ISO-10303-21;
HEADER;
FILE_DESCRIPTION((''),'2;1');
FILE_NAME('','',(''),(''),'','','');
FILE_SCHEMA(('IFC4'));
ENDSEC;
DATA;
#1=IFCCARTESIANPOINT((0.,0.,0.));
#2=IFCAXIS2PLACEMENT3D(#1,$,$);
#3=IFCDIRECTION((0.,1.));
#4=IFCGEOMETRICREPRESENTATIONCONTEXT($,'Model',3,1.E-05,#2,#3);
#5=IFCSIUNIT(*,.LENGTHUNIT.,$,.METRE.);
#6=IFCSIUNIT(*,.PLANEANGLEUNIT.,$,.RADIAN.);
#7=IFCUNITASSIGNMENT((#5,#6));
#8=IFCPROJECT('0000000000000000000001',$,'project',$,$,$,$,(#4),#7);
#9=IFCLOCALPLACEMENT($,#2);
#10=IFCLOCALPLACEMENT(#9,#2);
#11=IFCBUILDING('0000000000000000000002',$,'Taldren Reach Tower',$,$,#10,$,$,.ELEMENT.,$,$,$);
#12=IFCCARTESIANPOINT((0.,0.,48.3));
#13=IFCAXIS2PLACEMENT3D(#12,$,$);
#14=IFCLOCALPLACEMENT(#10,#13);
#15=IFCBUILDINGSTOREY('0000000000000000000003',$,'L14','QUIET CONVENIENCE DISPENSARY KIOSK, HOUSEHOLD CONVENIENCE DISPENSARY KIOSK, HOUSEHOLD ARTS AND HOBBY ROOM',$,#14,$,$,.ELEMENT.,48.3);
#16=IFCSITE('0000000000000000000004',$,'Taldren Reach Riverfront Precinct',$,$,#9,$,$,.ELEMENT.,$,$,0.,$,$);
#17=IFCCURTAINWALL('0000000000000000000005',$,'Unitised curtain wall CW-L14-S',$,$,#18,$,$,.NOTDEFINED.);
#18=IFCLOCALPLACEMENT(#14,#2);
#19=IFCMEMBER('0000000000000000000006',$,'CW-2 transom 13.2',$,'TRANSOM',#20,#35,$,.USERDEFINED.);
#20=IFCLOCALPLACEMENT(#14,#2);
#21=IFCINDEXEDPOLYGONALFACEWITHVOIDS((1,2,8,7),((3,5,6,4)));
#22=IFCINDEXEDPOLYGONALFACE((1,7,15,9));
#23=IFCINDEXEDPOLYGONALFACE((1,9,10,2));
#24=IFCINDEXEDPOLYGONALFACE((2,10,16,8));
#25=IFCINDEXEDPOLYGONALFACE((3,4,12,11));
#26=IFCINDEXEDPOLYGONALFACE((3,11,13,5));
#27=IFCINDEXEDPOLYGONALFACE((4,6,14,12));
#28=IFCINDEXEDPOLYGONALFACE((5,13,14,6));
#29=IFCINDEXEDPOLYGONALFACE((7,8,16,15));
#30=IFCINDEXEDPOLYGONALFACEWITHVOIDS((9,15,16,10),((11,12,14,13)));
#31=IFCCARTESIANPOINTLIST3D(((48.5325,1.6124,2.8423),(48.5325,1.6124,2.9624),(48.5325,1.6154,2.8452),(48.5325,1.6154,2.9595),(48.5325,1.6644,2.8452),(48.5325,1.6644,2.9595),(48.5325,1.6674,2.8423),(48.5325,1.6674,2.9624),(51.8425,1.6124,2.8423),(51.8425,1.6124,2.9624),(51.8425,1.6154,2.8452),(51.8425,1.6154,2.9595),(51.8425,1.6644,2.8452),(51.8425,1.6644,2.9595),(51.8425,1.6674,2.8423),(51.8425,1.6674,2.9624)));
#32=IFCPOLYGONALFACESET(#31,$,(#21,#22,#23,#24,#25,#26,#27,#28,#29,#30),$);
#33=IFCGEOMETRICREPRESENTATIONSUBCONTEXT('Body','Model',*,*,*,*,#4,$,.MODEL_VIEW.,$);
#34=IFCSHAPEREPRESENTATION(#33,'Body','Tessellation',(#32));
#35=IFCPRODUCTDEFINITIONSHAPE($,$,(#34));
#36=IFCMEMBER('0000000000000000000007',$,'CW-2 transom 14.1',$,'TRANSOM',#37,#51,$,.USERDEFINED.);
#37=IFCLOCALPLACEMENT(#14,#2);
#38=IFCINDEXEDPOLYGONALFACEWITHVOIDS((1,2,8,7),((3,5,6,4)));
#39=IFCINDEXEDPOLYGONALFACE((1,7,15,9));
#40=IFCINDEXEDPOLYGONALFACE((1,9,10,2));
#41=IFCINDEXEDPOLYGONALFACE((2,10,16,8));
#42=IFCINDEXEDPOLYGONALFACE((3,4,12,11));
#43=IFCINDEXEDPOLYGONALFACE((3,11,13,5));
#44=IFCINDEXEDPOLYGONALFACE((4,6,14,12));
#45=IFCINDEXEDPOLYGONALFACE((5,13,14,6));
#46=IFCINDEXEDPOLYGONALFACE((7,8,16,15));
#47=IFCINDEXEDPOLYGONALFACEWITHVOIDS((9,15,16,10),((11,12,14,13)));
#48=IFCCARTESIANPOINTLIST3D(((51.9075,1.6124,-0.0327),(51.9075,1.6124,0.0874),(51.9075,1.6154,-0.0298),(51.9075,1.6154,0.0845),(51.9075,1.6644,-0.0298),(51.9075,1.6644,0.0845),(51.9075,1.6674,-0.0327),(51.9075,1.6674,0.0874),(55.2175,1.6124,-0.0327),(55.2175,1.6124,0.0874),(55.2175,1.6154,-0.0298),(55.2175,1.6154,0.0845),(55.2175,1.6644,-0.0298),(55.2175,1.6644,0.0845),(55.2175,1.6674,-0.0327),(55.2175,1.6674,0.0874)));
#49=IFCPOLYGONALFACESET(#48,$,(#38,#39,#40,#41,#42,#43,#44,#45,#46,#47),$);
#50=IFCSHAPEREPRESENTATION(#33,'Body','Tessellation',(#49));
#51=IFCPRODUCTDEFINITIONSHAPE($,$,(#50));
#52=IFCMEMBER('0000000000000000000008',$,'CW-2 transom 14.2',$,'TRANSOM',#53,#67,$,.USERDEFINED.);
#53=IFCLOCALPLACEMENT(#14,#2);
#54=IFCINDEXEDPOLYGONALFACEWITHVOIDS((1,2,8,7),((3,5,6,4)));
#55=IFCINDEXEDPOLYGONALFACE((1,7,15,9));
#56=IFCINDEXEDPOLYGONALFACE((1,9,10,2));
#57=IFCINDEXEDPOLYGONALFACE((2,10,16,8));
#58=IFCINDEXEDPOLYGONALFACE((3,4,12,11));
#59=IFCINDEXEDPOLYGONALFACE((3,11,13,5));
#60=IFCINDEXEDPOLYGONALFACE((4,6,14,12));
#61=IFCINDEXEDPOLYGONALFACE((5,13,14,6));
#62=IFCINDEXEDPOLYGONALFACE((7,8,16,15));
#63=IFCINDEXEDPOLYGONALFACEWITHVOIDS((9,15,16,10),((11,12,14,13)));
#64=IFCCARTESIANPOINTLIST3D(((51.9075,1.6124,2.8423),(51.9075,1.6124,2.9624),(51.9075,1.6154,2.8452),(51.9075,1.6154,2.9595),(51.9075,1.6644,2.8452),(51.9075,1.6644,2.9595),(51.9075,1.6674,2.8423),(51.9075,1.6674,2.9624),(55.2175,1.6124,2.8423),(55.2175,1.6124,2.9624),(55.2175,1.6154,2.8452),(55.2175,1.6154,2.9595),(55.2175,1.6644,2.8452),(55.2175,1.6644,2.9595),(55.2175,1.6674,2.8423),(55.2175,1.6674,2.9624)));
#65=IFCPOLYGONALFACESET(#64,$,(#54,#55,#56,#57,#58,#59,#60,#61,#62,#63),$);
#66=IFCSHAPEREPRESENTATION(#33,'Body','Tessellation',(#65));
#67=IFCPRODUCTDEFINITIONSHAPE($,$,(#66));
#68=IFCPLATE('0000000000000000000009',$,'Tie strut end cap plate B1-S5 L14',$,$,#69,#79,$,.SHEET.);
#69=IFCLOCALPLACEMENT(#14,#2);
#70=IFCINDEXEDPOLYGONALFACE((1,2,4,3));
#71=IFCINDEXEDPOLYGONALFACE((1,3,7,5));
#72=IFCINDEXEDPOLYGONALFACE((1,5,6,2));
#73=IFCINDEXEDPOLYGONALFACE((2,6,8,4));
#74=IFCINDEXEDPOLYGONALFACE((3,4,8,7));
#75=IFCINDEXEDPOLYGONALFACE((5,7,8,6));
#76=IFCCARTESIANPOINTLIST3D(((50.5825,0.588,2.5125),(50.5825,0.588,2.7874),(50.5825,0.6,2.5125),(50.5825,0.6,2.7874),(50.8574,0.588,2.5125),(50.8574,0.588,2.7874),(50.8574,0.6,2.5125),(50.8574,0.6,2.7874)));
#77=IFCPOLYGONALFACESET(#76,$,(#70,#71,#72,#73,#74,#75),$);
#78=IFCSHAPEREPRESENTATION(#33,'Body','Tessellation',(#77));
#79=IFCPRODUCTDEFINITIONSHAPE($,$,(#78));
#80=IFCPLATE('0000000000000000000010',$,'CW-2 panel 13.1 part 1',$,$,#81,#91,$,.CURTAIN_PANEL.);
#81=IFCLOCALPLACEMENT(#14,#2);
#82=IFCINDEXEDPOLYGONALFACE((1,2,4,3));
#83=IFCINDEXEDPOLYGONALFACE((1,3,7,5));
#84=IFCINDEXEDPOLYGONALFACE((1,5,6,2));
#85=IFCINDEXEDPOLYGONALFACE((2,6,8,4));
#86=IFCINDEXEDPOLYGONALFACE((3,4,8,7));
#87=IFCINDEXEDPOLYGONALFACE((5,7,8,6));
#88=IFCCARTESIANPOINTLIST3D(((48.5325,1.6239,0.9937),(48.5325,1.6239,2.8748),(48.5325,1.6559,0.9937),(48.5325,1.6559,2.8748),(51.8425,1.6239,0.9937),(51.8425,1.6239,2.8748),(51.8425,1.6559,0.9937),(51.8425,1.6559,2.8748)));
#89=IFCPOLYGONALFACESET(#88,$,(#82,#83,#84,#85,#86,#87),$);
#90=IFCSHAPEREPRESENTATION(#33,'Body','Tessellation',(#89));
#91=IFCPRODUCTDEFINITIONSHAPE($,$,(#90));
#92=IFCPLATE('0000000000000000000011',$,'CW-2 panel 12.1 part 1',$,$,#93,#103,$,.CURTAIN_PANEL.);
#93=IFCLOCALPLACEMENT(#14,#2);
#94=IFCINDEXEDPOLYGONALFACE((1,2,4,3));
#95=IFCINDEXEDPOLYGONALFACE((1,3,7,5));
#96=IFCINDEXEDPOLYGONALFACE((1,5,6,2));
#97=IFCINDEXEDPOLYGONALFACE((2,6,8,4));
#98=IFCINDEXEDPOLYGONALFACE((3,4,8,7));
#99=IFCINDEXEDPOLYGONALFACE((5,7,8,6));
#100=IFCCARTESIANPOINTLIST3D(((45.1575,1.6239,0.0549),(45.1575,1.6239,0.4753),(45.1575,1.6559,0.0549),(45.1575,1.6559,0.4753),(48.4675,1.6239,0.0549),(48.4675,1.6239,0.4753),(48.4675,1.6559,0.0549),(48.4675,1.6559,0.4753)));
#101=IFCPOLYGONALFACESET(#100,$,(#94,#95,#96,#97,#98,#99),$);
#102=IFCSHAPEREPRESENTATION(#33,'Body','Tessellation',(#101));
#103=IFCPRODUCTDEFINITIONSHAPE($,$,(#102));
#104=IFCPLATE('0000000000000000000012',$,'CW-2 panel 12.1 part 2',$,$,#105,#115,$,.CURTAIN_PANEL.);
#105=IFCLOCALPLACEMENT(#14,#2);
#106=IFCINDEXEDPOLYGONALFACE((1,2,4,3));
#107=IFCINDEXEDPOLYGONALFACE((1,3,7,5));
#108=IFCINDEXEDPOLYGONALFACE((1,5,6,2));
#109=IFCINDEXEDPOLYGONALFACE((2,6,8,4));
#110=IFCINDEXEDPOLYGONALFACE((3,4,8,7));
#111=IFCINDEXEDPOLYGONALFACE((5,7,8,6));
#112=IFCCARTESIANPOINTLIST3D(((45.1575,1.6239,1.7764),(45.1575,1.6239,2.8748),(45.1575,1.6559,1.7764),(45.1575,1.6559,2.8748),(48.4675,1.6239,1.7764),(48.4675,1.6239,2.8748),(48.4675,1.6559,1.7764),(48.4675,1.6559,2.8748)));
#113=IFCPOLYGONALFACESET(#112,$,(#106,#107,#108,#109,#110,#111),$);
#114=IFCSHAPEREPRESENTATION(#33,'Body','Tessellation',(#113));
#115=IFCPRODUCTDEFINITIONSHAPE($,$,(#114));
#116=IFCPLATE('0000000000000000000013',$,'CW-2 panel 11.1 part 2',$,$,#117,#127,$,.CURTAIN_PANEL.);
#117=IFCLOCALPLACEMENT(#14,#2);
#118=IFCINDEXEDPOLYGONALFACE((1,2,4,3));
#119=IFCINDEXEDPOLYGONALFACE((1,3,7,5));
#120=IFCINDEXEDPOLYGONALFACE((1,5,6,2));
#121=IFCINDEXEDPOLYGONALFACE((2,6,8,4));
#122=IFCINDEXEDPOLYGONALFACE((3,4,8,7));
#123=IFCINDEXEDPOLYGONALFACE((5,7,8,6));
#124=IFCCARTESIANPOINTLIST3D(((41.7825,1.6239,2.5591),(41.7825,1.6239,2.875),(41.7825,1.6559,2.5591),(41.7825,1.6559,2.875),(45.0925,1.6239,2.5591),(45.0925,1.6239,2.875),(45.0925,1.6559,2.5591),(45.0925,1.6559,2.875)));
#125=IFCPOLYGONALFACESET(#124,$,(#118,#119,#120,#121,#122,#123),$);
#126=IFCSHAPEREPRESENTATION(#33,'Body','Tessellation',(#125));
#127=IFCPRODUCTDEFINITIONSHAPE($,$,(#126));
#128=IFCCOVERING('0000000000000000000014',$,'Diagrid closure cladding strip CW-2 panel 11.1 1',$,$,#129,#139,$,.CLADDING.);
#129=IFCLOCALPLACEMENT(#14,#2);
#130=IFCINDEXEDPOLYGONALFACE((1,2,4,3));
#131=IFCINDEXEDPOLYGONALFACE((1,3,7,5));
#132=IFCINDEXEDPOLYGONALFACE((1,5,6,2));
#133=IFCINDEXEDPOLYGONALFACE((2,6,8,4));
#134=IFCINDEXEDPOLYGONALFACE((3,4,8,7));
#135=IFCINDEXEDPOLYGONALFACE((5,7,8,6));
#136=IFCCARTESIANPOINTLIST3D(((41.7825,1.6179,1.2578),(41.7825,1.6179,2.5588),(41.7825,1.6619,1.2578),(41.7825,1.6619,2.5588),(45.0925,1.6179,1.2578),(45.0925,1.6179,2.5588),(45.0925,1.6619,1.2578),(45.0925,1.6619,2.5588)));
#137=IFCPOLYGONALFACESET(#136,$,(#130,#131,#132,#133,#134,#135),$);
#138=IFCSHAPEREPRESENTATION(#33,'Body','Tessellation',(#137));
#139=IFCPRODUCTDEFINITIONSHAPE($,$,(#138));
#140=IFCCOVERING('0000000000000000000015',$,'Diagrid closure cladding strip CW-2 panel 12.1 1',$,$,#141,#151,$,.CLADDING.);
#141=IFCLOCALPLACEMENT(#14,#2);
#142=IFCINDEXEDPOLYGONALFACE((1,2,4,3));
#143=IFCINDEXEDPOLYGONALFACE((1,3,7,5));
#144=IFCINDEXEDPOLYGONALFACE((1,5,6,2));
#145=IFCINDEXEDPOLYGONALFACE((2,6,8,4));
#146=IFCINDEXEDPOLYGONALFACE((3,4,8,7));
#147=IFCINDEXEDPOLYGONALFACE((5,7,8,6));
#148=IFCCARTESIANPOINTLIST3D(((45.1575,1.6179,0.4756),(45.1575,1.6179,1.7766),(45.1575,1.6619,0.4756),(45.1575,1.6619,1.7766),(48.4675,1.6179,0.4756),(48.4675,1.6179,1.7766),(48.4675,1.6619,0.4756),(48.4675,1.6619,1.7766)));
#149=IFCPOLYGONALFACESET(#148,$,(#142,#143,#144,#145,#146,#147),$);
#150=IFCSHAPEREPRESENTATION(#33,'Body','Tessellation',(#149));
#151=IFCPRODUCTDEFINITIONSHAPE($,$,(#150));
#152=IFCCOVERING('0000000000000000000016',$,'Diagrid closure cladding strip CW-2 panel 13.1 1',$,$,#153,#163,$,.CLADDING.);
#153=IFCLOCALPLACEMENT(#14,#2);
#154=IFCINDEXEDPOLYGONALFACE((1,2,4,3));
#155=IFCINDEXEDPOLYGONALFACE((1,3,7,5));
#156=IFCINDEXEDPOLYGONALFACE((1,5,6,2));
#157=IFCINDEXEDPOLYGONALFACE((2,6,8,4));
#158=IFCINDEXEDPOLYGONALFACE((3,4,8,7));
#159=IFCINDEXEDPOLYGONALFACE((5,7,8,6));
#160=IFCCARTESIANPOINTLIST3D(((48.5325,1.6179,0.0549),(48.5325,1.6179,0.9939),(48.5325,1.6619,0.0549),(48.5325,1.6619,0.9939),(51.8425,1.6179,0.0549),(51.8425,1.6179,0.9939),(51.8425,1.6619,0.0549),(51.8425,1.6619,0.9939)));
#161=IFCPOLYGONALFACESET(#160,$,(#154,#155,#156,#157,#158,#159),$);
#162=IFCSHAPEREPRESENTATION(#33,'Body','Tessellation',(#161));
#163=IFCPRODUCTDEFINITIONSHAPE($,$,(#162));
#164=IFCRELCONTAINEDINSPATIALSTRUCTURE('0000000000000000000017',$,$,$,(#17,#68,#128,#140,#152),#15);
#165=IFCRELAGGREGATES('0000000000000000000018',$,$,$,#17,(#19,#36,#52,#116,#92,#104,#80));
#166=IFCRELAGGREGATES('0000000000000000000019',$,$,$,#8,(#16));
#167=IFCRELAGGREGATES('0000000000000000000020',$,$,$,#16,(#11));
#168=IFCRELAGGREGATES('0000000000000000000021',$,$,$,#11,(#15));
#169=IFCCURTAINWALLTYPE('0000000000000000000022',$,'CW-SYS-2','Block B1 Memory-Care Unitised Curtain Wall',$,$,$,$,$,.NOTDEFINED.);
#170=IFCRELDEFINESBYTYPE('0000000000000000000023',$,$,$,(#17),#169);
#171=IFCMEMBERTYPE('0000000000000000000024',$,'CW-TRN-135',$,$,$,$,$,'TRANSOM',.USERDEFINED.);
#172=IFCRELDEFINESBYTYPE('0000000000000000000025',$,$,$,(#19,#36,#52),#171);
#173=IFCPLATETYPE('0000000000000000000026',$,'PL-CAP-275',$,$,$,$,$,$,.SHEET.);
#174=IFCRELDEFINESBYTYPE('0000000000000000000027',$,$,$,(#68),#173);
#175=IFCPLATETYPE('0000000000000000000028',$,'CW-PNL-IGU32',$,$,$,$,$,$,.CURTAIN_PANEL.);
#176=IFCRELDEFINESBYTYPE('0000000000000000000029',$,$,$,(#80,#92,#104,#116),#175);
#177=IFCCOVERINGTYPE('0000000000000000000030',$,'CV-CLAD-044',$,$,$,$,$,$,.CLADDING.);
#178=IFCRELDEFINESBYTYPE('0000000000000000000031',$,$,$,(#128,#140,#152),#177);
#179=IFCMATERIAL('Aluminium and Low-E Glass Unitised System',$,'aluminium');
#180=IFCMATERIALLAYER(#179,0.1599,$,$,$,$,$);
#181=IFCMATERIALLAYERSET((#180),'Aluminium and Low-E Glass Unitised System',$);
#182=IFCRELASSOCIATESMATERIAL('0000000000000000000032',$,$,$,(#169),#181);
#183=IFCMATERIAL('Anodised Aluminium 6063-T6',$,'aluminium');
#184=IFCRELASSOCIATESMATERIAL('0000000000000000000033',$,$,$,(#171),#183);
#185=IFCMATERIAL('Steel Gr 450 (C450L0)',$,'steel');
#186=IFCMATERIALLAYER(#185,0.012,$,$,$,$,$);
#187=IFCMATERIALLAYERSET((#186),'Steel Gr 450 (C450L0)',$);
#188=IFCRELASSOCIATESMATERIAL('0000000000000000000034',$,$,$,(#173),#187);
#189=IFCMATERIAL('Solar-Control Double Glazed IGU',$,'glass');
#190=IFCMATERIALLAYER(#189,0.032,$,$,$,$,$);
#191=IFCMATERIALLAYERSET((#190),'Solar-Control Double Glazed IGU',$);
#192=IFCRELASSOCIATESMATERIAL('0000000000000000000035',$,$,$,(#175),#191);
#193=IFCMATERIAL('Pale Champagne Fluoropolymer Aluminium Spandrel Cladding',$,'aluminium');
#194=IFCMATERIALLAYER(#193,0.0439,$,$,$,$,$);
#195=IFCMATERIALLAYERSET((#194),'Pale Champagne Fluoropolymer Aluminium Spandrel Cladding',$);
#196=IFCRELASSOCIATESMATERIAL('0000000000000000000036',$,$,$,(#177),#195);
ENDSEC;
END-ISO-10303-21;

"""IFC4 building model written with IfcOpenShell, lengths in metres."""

from ifc_helpers import new_model, si_unit, direction, frame, origin, origin_2d, place, context, subcontext, project, spatial, rectangle, hollow_rectangle, extrude, source, transform, mapped, material, layer, layer_set, material_profile, profile_set, type_object, element, aggregate, save


model = new_model("IFC4")

# Units and contexts
model_context = context("Model", 3, precision=1e-05, world=origin(), true_north=direction((0.0, 1.0)))
body_context = subcontext(model_context, "Body", "Model", "MODEL_VIEW")
ifc_project = project(units=[si_unit("LENGTHUNIT", "METRE"), si_unit("PLANEANGLEUNIT", "RADIAN")], contexts=[model_context])

# Site, building, storey
site_placement = place(None, origin())
site = spatial("IfcSite", under=ifc_project, at=site_placement, Name="Taldren Reach Riverfront Precinct", CompositionType="ELEMENT", RefElevation=0.0)
building_placement = place(site_placement, origin())
building = spatial("IfcBuilding", under=site, at=building_placement, Name="Taldren Reach Tower", CompositionType="ELEMENT")
storey_placement = place(building_placement, frame((0.0, 0.0, 48.3)))
storey = spatial("IfcBuildingStorey", under=building, at=storey_placement, Name="L14", Description="QUIET CONVENIENCE DISPENSARY KIOSK, HOUSEHOLD CONVENIENCE DISPENSARY KIOSK, HOUSEHOLD ARTS AND HOBBY ROOM", CompositionType="ELEMENT", Elevation=48.3)

# Shared definitions
ifc_material_1 = material(Name="Steel Gr 450 (C450L0)", Category="steel")

# Curtain wall, members
ifc_material_2 = material(Name="Aluminium and Low-E Glass Unitised System", Category="aluminium")
ifc_layer_1 = layer(ifc_material_2, 0.1599)
ifc_layer_set_1 = layer_set([ifc_layer_1], Name="Aluminium and Low-E Glass Unitised System")
curtain_wall_type = type_object("IfcCurtainWallType", Name="CW-SYS-2", Description="Block B1 Memory-Care Unitised Curtain Wall", PredefinedType="NOTDEFINED", material=ifc_layer_set_1)
curtain_wall_placement = place(storey_placement, origin())
curtain_wall = element("IfcCurtainWall", 1, at=curtain_wall_placement, inside=storey, type_object=curtain_wall_type, Name="Unitised curtain wall CW-L14-S", PredefinedType="NOTDEFINED")
ifc_material_3 = material(Name="Anodised Aluminium 6063-T6", Category="aluminium")
ifc_material_profile_1 = material_profile(ifc_material_3, hollow_rectangle(XDim=0.0549, YDim=0.1201, WallThickness=0.0029, at=origin_2d()), Name="ALU-120x55x3RHS")
ifc_profile_set_1 = profile_set([ifc_material_profile_1], Name="Anodised Aluminium 6063-T6")
member_type_1 = type_object("IfcMemberType", Name="CW-TRN-135", ElementType="TRANSOM", PredefinedType="USERDEFINED", material=ifc_profile_set_1)
shared_shape_1 = source(origin(), body_context, "Body", "SweptSolid", [
    extrude(hollow_rectangle(XDim=0.0549, YDim=0.1201, WallThickness=0.0029, at=origin_2d()), origin(), (0.0, 0.0, 1.0), 3.3101),
])
member_1_placement = place(storey_placement, frame((48.5325, 1.6399, 2.9023), z_axis=(1.0, 0.0, 0.0), x_axis=(0.0, 1.0, 0.0)))
member_1 = element("IfcMember", 2, at=member_1_placement, type_object=member_type_1, Name="CW-2 transom 13.2", ObjectType="TRANSOM", PredefinedType="USERDEFINED", context=body_context, shape_type="MappedRepresentation", body=[
    mapped(shared_shape_1, transform((0.0, 0.0, 0.0), scale=1.0)),
])
member_2_placement = place(storey_placement, frame((51.9075, 1.6399, 0.0273), z_axis=(1.0, 0.0, 0.0), x_axis=(0.0, 1.0, 0.0)))
member_2 = element("IfcMember", 3, at=member_2_placement, type_object=member_type_1, Name="CW-2 transom 14.1", ObjectType="TRANSOM", PredefinedType="USERDEFINED", context=body_context, shape_type="MappedRepresentation", body=[
    mapped(shared_shape_1, transform((0.0, 0.0, 0.0), scale=1.0)),
])
member_3_placement = place(storey_placement, frame((51.9075, 1.6399, 2.9023), z_axis=(1.0, 0.0, 0.0), x_axis=(0.0, 1.0, 0.0)))
member_3 = element("IfcMember", 4, at=member_3_placement, type_object=member_type_1, Name="CW-2 transom 14.2", ObjectType="TRANSOM", PredefinedType="USERDEFINED", context=body_context, shape_type="MappedRepresentation", body=[
    mapped(shared_shape_1, transform((0.0, 0.0, 0.0), scale=1.0)),
])

# Plates
ifc_layer_2 = layer(ifc_material_1, 0.012)
ifc_layer_set_2 = layer_set([ifc_layer_2], Name="Steel Gr 450 (C450L0)")
plate_type_1 = type_object("IfcPlateType", Name="PL-CAP-275", PredefinedType="SHEET", material=ifc_layer_set_2)
shared_shape_2 = source(origin(), body_context, "Body", "SweptSolid", [
    extrude(rectangle(XDim=0.2749, YDim=0.012, at=origin_2d()), origin(), (0.0, 0.0, 1.0), 0.2749),
])
plate_1_placement = place(storey_placement, frame((50.72, 0.594, 2.5125), z_axis=(0.0, 0.0, 1.0), x_axis=(1.0, 0.0, 0.0)))
element("IfcPlate", 5, at=plate_1_placement, inside=storey, type_object=plate_type_1, Name="Tie strut end cap plate B1-S5 L14", PredefinedType="SHEET", context=body_context, shape_type="MappedRepresentation", body=[
    mapped(shared_shape_2, transform((0.0, 0.0, 0.0), scale=1.0)),
])
ifc_material_4 = material(Name="Solar-Control Double Glazed IGU", Category="glass")
ifc_layer_3 = layer(ifc_material_4, 0.032)
ifc_layer_set_3 = layer_set([ifc_layer_3], Name="Solar-Control Double Glazed IGU")
plate_type_2 = type_object("IfcPlateType", Name="CW-PNL-IGU32", PredefinedType="CURTAIN_PANEL", material=ifc_layer_set_3)
shared_shape_3 = source(origin(), body_context, "Body", "SweptSolid", [
    extrude(rectangle(XDim=3.3101, YDim=0.032, at=origin_2d()), origin(), (0.0, 0.0, 1.0), 1.8811),
])
plate_2_placement = place(storey_placement, frame((50.1875, 1.6399, 0.9937), z_axis=(0.0, 0.0, 1.0), x_axis=(1.0, 0.0, 0.0)))
plate_2 = element("IfcPlate", 6, at=plate_2_placement, type_object=plate_type_2, Name="CW-2 panel 13.1 part 1", PredefinedType="CURTAIN_PANEL", context=body_context, shape_type="MappedRepresentation", body=[
    mapped(shared_shape_3, transform((0.0, 0.0, 0.0), scale=1.0)),
])
shared_shape_4 = source(origin(), body_context, "Body", "SweptSolid", [
    extrude(rectangle(XDim=3.3101, YDim=0.032, at=origin_2d()), origin(), (0.0, 0.0, 1.0), 0.4204),
])
plate_3_placement = place(storey_placement, frame((46.8125, 1.6399, 0.0549), z_axis=(0.0, 0.0, 1.0), x_axis=(1.0, 0.0, 0.0)))
plate_3 = element("IfcPlate", 7, at=plate_3_placement, type_object=plate_type_2, Name="CW-2 panel 12.1 part 1", PredefinedType="CURTAIN_PANEL", context=body_context, shape_type="MappedRepresentation", body=[
    mapped(shared_shape_4, transform((0.0, 0.0, 0.0), scale=1.0)),
])
shared_shape_5 = source(origin(), body_context, "Body", "SweptSolid", [
    extrude(rectangle(XDim=3.3101, YDim=0.032, at=origin_2d()), origin(), (0.0, 0.0, 1.0), 1.0984),
])
plate_4_placement = place(storey_placement, frame((46.8125, 1.6399, 1.7764), z_axis=(0.0, 0.0, 1.0), x_axis=(1.0, 0.0, 0.0)))
plate_4 = element("IfcPlate", 8, at=plate_4_placement, type_object=plate_type_2, Name="CW-2 panel 12.1 part 2", PredefinedType="CURTAIN_PANEL", context=body_context, shape_type="MappedRepresentation", body=[
    mapped(shared_shape_5, transform((0.0, 0.0, 0.0), scale=1.0)),
])
shared_shape_6 = source(origin(), body_context, "Body", "SweptSolid", [
    extrude(rectangle(XDim=3.3101, YDim=0.032, at=origin_2d()), origin(), (0.0, 0.0, 1.0), 0.3159),
])
plate_5_placement = place(storey_placement, frame((43.4375, 1.6399, 2.5591), z_axis=(0.0, 0.0, 1.0), x_axis=(1.0, 0.0, 0.0)))
plate_5 = element("IfcPlate", 9, at=plate_5_placement, type_object=plate_type_2, Name="CW-2 panel 11.1 part 2", PredefinedType="CURTAIN_PANEL", context=body_context, shape_type="MappedRepresentation", body=[
    mapped(shared_shape_6, transform((0.0, 0.0, 0.0), scale=1.0)),
])
aggregate(curtain_wall, [member_1, member_2, member_3, plate_5, plate_3, plate_4, plate_2])

# Coverings
ifc_material_5 = material(Name="Pale Champagne Fluoropolymer Aluminium Spandrel Cladding", Category="aluminium")
ifc_layer_4 = layer(ifc_material_5, 0.0439)
ifc_layer_set_4 = layer_set([ifc_layer_4], Name="Pale Champagne Fluoropolymer Aluminium Spandrel Cladding")
covering_type = type_object("IfcCoveringType", Name="CV-CLAD-044", PredefinedType="CLADDING", material=ifc_layer_set_4)
shared_shape_7 = source(origin(), body_context, "Body", "SweptSolid", [
    extrude(rectangle(XDim=3.3101, YDim=0.0439, at=origin_2d()), origin(), (0.0, 0.0, 1.0), 1.301),
])
for number, where, z_axis, x_axis, name in (
    (10, (43.4375, 1.6399, 1.2578), (0.0, 0.0, 1.0), (1.0, 0.0, 0.0), "Diagrid closure cladding strip CW-2 panel 11.1 1"),
    (11, (46.8125, 1.6399, 0.4756), (0.0, 0.0, 1.0), (1.0, 0.0, 0.0), "Diagrid closure cladding strip CW-2 panel 12.1 1"),
):
    element("IfcCovering", number, at=place(storey_placement, frame(where, z_axis=z_axis, x_axis=x_axis)), inside=storey, type_object=covering_type, Name=name, PredefinedType="CLADDING", context=body_context, shape_type="MappedRepresentation", body=[
        mapped(shared_shape_7, transform((0.0, 0.0, 0.0), scale=1.0)),
    ])
shared_shape_8 = source(origin(), body_context, "Body", "SweptSolid", [
    extrude(rectangle(XDim=3.3101, YDim=0.0439, at=origin_2d()), origin(), (0.0, 0.0, 1.0), 0.939),
])
covering_placement = place(storey_placement, frame((50.1875, 1.6399, 0.0549), z_axis=(0.0, 0.0, 1.0), x_axis=(1.0, 0.0, 0.0)))
element("IfcCovering", 12, at=covering_placement, inside=storey, type_object=covering_type, Name="Diagrid closure cladding strip CW-2 panel 13.1 1", PredefinedType="CLADDING", context=body_context, shape_type="MappedRepresentation", body=[
    mapped(shared_shape_8, transform((0.0, 0.0, 0.0), scale=1.0)),
])

save(model, "model.ifc")
